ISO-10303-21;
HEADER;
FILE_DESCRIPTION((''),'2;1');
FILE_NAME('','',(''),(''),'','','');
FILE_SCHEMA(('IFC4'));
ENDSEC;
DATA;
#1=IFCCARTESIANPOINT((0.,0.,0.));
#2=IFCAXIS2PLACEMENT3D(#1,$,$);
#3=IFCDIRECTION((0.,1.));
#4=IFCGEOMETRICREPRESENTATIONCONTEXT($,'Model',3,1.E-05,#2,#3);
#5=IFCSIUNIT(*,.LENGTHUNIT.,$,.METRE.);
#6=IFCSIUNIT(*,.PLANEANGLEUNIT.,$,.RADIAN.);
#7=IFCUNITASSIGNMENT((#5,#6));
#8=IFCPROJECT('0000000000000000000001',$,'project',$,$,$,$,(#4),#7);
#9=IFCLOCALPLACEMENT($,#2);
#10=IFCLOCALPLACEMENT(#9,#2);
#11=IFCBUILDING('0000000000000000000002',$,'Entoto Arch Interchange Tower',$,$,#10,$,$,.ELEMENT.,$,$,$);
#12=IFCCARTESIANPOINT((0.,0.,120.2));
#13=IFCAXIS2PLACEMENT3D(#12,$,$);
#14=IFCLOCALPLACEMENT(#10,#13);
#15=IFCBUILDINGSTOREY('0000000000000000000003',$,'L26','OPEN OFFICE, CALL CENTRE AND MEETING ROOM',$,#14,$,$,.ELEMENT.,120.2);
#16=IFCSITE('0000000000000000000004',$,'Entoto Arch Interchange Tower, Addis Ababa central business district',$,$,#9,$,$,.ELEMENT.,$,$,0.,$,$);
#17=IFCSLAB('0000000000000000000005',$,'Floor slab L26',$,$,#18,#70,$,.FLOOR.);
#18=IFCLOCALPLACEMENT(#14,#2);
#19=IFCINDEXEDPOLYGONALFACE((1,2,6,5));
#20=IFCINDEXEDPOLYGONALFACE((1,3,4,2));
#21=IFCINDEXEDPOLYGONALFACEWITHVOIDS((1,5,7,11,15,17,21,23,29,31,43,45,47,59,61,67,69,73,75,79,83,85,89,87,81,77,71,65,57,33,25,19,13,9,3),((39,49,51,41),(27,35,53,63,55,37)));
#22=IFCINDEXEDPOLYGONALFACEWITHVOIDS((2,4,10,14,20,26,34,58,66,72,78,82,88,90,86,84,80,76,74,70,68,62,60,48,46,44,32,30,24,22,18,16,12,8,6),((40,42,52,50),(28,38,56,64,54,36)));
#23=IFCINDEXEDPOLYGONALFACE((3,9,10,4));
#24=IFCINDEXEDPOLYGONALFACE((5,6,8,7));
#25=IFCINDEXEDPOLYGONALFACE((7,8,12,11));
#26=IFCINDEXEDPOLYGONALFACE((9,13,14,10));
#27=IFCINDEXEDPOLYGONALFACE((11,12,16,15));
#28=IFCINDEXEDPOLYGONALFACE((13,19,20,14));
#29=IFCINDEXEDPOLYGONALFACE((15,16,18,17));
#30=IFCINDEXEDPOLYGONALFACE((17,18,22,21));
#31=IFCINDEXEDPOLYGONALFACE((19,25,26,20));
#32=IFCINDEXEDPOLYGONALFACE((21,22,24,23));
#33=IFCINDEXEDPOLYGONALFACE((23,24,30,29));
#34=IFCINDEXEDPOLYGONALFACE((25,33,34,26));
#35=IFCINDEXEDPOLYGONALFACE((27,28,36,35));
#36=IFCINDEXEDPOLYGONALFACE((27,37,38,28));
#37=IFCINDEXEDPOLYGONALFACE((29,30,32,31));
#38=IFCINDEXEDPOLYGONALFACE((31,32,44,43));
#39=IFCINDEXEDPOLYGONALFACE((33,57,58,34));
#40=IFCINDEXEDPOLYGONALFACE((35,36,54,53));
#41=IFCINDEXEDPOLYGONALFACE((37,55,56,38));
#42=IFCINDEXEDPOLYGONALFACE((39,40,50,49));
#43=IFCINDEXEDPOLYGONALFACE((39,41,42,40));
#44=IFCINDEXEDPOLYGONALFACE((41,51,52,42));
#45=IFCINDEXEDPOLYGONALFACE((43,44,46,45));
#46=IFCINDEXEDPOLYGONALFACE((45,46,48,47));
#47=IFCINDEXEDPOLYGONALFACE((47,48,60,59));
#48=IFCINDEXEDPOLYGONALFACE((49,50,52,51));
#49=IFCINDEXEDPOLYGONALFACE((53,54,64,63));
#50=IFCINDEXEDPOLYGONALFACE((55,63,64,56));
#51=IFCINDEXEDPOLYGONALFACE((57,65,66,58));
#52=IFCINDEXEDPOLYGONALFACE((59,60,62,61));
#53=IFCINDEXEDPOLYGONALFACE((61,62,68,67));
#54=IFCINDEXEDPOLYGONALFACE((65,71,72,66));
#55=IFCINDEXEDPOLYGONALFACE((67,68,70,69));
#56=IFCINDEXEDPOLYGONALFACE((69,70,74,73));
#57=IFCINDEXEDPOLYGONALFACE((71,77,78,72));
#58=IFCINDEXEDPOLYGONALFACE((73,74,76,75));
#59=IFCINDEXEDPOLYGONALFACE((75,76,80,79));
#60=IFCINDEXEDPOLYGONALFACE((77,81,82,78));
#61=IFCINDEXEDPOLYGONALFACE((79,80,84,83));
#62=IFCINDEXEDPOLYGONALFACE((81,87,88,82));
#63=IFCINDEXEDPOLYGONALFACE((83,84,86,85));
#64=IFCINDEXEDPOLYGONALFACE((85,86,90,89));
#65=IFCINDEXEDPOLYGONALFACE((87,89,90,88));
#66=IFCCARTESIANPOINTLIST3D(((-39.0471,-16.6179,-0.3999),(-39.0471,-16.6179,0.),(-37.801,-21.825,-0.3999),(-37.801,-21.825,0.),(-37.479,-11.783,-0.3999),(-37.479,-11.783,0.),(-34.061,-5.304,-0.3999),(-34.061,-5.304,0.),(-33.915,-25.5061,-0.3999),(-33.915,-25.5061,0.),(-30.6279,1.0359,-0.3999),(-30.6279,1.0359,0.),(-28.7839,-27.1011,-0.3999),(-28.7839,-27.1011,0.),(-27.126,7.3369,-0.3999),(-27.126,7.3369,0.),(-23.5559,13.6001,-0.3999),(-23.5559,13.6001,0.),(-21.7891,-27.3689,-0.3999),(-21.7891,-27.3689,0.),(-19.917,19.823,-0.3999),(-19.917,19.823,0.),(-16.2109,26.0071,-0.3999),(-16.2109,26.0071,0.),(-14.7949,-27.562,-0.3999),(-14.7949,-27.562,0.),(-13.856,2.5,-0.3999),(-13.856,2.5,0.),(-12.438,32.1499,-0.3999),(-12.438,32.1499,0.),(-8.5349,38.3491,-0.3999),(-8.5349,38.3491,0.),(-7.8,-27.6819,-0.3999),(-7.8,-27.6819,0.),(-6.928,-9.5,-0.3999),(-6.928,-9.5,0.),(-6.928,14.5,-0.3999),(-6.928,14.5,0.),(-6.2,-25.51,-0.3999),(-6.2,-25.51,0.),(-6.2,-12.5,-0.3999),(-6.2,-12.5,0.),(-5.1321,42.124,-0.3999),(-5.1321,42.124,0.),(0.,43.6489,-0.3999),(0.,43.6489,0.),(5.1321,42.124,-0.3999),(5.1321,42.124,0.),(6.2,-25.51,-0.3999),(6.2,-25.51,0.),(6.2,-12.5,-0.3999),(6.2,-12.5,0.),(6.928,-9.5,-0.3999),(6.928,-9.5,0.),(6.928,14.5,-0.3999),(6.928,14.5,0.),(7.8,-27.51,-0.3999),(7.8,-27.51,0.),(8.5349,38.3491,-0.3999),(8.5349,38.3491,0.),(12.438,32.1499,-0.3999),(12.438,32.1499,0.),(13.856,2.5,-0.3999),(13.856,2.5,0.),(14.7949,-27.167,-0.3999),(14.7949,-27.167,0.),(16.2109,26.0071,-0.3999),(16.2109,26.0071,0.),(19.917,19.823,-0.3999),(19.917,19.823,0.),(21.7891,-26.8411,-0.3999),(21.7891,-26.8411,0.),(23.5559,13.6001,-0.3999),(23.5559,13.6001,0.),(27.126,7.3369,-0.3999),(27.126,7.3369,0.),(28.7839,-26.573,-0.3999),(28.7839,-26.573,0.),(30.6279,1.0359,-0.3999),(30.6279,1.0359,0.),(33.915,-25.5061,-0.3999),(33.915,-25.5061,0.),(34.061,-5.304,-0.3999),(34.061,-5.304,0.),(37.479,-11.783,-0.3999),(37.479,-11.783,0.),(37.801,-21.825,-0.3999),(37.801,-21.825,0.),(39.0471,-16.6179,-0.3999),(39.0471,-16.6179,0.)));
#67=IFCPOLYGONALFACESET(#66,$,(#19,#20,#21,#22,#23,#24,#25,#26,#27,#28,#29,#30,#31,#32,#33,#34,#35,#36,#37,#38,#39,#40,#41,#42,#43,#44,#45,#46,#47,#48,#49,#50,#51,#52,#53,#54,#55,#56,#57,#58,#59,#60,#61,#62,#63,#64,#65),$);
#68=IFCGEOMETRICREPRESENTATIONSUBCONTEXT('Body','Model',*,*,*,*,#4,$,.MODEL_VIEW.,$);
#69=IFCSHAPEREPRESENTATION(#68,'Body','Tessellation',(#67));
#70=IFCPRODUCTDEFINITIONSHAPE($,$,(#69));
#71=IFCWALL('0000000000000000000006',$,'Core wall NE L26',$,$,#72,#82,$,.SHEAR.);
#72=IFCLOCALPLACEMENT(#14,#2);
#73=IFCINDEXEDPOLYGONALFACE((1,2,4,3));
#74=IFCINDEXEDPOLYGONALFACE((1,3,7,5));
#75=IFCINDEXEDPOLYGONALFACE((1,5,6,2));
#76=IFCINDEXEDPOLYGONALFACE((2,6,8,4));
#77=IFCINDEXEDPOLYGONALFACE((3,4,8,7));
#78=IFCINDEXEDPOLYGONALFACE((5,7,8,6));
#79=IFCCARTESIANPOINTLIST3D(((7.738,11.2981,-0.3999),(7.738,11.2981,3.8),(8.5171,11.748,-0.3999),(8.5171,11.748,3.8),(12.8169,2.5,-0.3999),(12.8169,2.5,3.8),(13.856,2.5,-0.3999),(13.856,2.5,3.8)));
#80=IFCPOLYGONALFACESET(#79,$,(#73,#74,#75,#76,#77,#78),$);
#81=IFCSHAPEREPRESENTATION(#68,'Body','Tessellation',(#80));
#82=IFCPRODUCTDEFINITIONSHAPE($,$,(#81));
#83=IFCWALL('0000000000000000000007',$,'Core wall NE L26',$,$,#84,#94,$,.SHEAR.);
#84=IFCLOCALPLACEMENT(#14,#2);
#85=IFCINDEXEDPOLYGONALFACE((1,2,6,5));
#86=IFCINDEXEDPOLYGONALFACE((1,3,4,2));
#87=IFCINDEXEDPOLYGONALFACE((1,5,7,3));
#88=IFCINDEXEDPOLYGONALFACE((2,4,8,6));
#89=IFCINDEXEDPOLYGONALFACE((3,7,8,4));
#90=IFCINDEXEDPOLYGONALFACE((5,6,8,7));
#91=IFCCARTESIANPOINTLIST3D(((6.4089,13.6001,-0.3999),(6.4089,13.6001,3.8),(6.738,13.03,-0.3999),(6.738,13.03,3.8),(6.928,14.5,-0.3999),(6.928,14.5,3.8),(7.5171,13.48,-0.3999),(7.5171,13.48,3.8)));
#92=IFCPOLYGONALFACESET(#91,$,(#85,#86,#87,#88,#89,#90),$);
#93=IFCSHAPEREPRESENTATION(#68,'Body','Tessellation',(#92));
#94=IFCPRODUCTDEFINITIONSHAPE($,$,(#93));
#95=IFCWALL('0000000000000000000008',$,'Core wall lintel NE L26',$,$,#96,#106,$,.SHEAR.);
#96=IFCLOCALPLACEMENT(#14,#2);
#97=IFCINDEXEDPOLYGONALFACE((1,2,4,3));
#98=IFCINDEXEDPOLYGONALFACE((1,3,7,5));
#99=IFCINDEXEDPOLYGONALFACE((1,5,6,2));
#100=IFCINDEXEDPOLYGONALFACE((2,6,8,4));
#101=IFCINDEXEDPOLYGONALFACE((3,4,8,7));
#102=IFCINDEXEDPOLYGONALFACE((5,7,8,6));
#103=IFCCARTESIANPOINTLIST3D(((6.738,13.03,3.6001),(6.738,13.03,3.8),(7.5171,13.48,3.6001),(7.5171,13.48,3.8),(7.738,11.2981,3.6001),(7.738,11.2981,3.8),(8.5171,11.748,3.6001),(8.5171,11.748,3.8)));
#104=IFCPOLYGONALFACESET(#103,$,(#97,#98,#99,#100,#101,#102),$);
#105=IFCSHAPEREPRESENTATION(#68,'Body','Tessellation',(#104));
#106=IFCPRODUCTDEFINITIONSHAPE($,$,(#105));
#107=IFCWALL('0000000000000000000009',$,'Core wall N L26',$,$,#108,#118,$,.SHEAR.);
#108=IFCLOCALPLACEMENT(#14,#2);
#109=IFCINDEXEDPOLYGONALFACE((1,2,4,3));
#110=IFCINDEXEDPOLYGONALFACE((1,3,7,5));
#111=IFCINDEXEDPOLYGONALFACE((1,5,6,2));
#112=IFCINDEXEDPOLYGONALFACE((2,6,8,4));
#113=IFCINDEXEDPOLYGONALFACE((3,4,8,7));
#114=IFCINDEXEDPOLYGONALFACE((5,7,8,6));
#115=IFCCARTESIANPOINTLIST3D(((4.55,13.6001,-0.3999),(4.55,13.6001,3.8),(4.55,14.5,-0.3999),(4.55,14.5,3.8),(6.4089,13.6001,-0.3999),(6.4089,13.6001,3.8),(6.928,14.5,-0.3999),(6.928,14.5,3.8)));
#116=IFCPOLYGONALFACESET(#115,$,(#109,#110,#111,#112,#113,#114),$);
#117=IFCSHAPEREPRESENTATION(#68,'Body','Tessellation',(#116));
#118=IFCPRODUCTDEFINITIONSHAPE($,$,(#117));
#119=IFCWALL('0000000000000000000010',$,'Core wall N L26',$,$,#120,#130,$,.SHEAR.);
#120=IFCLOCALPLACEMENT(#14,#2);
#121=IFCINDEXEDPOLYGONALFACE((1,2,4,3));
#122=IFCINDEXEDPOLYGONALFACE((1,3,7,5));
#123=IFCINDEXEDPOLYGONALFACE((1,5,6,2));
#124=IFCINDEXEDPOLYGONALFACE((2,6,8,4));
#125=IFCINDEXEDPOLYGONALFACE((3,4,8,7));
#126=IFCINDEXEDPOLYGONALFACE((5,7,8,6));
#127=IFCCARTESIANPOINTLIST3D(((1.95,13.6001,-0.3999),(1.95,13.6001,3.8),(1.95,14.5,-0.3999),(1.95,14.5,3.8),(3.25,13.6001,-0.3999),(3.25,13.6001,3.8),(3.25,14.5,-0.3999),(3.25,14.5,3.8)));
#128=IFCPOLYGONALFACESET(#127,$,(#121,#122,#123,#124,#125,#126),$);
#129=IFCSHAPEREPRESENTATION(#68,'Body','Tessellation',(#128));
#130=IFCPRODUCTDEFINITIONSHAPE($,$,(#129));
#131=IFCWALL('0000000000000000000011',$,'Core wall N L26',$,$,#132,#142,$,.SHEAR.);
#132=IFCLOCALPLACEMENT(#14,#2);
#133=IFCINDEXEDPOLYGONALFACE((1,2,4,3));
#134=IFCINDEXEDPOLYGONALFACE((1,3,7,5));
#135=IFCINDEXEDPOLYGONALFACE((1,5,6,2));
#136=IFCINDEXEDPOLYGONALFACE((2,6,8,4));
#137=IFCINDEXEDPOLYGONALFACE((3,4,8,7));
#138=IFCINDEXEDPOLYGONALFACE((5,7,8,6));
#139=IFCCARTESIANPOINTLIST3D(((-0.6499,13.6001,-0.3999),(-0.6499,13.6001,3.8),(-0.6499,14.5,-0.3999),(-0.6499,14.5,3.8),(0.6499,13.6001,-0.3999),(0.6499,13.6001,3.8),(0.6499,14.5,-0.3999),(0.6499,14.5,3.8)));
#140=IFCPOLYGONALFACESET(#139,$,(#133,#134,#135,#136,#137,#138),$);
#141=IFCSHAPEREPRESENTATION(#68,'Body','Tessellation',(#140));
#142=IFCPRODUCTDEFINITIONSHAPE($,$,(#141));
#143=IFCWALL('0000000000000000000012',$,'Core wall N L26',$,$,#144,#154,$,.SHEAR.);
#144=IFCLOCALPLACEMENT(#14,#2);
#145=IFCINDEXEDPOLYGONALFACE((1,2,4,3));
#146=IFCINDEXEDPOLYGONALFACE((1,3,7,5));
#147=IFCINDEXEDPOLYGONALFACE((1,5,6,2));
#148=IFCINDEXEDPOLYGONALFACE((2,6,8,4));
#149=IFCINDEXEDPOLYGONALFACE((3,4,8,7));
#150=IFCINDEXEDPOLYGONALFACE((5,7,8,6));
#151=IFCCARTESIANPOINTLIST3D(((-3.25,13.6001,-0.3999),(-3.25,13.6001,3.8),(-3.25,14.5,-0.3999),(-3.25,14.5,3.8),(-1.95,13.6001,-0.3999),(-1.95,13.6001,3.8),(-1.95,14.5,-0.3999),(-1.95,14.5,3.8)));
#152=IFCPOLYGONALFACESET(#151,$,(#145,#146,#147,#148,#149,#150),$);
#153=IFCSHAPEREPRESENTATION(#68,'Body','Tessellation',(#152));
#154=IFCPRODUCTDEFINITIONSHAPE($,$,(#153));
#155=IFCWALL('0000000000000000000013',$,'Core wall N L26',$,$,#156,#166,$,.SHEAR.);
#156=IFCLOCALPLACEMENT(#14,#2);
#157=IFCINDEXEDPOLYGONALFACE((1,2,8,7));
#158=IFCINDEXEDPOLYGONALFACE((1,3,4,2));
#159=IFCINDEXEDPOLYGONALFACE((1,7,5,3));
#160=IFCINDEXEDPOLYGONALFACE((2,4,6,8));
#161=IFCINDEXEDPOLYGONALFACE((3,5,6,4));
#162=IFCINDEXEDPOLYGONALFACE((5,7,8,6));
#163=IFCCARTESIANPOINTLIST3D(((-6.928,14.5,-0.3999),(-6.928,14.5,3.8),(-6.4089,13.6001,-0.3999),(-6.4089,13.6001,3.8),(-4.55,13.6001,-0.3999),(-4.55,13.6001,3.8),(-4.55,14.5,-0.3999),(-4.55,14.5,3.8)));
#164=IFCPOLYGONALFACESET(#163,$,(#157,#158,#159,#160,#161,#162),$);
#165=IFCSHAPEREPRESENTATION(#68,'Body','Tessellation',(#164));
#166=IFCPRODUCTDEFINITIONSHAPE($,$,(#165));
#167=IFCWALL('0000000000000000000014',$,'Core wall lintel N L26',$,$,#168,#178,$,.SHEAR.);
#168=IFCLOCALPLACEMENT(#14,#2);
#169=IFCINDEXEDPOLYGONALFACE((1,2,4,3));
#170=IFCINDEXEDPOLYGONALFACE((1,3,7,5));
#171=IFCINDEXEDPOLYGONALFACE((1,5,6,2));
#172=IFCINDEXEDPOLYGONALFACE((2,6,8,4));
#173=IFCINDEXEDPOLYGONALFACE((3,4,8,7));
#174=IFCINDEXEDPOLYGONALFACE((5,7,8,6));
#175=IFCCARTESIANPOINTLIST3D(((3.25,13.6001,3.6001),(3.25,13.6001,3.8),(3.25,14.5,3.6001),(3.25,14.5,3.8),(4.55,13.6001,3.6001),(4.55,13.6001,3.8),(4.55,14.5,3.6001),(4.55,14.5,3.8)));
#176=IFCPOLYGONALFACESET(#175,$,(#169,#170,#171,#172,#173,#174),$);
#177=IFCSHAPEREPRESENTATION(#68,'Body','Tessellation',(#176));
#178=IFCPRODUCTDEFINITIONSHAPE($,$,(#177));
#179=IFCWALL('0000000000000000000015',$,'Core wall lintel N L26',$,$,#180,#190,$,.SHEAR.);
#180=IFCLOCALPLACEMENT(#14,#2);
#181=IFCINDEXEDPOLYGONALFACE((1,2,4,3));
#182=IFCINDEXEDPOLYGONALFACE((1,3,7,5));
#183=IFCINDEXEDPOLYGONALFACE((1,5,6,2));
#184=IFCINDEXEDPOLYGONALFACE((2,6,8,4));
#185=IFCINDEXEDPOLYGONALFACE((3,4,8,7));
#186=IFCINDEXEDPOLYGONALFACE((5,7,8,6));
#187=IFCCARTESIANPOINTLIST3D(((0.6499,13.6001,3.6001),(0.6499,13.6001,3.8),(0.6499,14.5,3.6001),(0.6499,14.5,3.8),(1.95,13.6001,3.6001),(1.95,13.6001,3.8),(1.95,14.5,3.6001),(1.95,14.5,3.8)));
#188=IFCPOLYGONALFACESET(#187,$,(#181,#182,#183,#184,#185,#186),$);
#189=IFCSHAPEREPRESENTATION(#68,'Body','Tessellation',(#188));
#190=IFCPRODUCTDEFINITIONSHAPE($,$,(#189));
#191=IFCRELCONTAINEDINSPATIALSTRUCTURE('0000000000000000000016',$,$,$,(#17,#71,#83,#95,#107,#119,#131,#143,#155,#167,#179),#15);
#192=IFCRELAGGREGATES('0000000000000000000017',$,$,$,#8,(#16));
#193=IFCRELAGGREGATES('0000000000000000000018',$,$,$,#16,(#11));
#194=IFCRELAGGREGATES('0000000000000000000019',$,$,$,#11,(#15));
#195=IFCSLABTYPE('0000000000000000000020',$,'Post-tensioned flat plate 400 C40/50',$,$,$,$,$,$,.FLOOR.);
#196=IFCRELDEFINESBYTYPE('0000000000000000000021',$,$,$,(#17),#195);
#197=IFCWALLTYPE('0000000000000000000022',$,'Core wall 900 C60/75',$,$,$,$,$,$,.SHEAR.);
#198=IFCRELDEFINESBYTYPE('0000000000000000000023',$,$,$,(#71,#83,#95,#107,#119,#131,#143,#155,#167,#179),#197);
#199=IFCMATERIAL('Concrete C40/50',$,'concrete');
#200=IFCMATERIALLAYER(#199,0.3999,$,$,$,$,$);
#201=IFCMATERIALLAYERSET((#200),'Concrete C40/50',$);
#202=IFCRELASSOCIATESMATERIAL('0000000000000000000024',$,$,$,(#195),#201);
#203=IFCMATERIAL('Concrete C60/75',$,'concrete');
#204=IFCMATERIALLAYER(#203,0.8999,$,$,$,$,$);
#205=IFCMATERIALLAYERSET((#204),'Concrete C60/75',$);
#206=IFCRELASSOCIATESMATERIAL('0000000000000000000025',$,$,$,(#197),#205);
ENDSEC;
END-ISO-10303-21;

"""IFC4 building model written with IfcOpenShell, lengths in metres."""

from ifc_helpers import new_model, si_unit, direction, frame, origin, place, context, subcontext, project, spatial, polyline, outline, extrude, material, layer, layer_set, type_object, element, save


model = new_model("IFC4")

# Units and contexts
model_context = context("Model", 3, precision=1e-05, world=origin(), true_north=direction((0.0, 1.0)))
body_context = subcontext(model_context, "Body", "Model", "MODEL_VIEW")
ifc_project = project(units=[si_unit("LENGTHUNIT", "METRE"), si_unit("PLANEANGLEUNIT", "RADIAN")], contexts=[model_context])

# Site, building, storey
site_placement = place(None, origin())
site = spatial("IfcSite", under=ifc_project, at=site_placement, Name="Entoto Arch Interchange Tower, Addis Ababa central business district", CompositionType="ELEMENT", RefElevation=0.0)
building_placement = place(site_placement, origin())
building = spatial("IfcBuilding", under=site, at=building_placement, Name="Entoto Arch Interchange Tower", CompositionType="ELEMENT")
storey_placement = place(building_placement, frame((0.0, 0.0, 120.2)))
storey = spatial("IfcBuildingStorey", under=building, at=storey_placement, Name="L26", Description="OPEN OFFICE, CALL CENTRE AND MEETING ROOM", CompositionType="ELEMENT", Elevation=120.2)

# Slab
ifc_material_1 = material(Name="Concrete C40/50", Category="concrete")
ifc_layer_1 = layer(ifc_material_1, 0.3999)
ifc_layer_set_1 = layer_set([ifc_layer_1], Name="Concrete C40/50")
slab_type = type_object("IfcSlabType", Name="Post-tensioned flat plate 400 C40/50", PredefinedType="FLOOR", material=ifc_layer_set_1)
slab_placement = place(storey_placement, frame((0.0, 0.0, -0.3999)))
element("IfcSlab", 1, at=slab_placement, inside=storey, type_object=slab_type, Name="Floor slab L26", PredefinedType="FLOOR", context=body_context, shape_type="SweptSolid", body=[
    extrude(outline(polyline([(-28.7839, -27.1011), (-21.7891, -27.3689), (-14.7949, -27.562), (-7.8, -27.6819), (7.8, -27.51), (14.7949, -27.167), (21.7891, -26.8411), (28.7839, -26.573), (33.915, -25.5061), (37.801, -21.825), (39.0471, -16.6179), (37.479, -11.783), (34.061, -5.304), (30.6279, 1.0359), (27.126, 7.3369), (23.5559, 13.6001), (19.917, 19.823), (16.2109, 26.0071), (12.438, 32.1499), (8.5349, 38.3491), (5.1321, 42.124), (0.0, 43.6489), (-5.1321, 42.124), (-8.5349, 38.3491), (-12.438, 32.1499), (-16.2109, 26.0071), (-19.917, 19.823), (-23.5559, 13.6001), (-27.126, 7.3369), (-30.6279, 1.0359), (-34.061, -5.304), (-37.479, -11.783), (-39.0471, -16.6179), (-37.801, -21.825), (-33.915, -25.5061), (-28.7839, -27.1011)]), holes=[polyline([(6.2, -25.51), (6.2, -12.5), (-6.2, -12.5), (-6.2, -25.51), (6.2, -25.51)]), polyline([(13.856, 2.5), (6.928, 14.5), (-6.928, 14.5), (-13.856, 2.5), (-6.928, -9.5), (6.928, -9.5), (13.856, 2.5)])]), origin(), (0.0, 0.0, 1.0), 0.3999),
])

# Walls
ifc_material_2 = material(Name="Concrete C60/75", Category="concrete")
ifc_layer_2 = layer(ifc_material_2, 0.8999)
ifc_layer_set_2 = layer_set([ifc_layer_2], Name="Concrete C60/75")
wall_type_1 = type_object("IfcWallType", Name="Core wall 900 C60/75", PredefinedType="SHEAR", material=ifc_layer_set_2)
wall_1_placement = place(storey_placement, frame((0.0, 0.0, -0.3999)))
element("IfcWall", 2, at=wall_1_placement, inside=storey, type_object=wall_type_1, Name="Core wall NE L26", PredefinedType="SHEAR", context=body_context, shape_type="SweptSolid", body=[
    extrude(outline(polyline([(8.5171, 11.748), (7.738, 11.2981), (12.8169, 2.5), (13.856, 2.5), (8.5171, 11.748)])), origin(), (0.0, 0.0, 1.0), 4.2),
])
wall_2_placement = place(storey_placement, frame((0.0, 0.0, -0.3999)))
element("IfcWall", 3, at=wall_2_placement, inside=storey, type_object=wall_type_1, Name="Core wall NE L26", PredefinedType="SHEAR", context=body_context, shape_type="SweptSolid", body=[
    extrude(outline(polyline([(6.738, 13.03), (7.5171, 13.48), (6.928, 14.5), (6.4089, 13.6001), (6.738, 13.03)])), origin(), (0.0, 0.0, 1.0), 4.2),
])
wall_3_placement = place(storey_placement, frame((0.0, 0.0, 3.6001)))
element("IfcWall", 4, at=wall_3_placement, inside=storey, type_object=wall_type_1, Name="Core wall lintel NE L26", PredefinedType="SHEAR", context=body_context, shape_type="SweptSolid", body=[
    extrude(outline(polyline([(7.5171, 13.48), (6.738, 13.03), (7.738, 11.2981), (8.5171, 11.748), (7.5171, 13.48)])), origin(), (0.0, 0.0, 1.0), 0.2),
])
wall_4_placement = place(storey_placement, frame((0.0, 0.0, -0.3999)))
element("IfcWall", 5, at=wall_4_placement, inside=storey, type_object=wall_type_1, Name="Core wall N L26", PredefinedType="SHEAR", context=body_context, shape_type="SweptSolid", body=[
    extrude(outline(polyline([(4.55, 14.5), (4.55, 13.6001), (6.4089, 13.6001), (6.928, 14.5), (4.55, 14.5)])), origin(), (0.0, 0.0, 1.0), 4.2),
])
wall_5_placement = place(storey_placement, frame((0.0, 0.0, -0.3999)))
element("IfcWall", 6, at=wall_5_placement, inside=storey, type_object=wall_type_1, Name="Core wall N L26", PredefinedType="SHEAR", context=body_context, shape_type="SweptSolid", body=[
    extrude(outline(polyline([(1.95, 14.5), (1.95, 13.6001), (3.25, 13.6001), (3.25, 14.5), (1.95, 14.5)])), origin(), (0.0, 0.0, 1.0), 4.2),
])
wall_6_placement = place(storey_placement, frame((0.0, 0.0, -0.3999)))
element("IfcWall", 7, at=wall_6_placement, inside=storey, type_object=wall_type_1, Name="Core wall N L26", PredefinedType="SHEAR", context=body_context, shape_type="SweptSolid", body=[
    extrude(outline(polyline([(-0.6499, 14.5), (-0.6499, 13.6001), (0.6499, 13.6001), (0.6499, 14.5), (-0.6499, 14.5)])), origin(), (0.0, 0.0, 1.0), 4.2),
])
wall_7_placement = place(storey_placement, frame((0.0, 0.0, -0.3999)))
element("IfcWall", 8, at=wall_7_placement, inside=storey, type_object=wall_type_1, Name="Core wall N L26", PredefinedType="SHEAR", context=body_context, shape_type="SweptSolid", body=[
    extrude(outline(polyline([(-3.25, 14.5), (-3.25, 13.6001), (-1.95, 13.6001), (-1.95, 14.5), (-3.25, 14.5)])), origin(), (0.0, 0.0, 1.0), 4.2),
])
wall_8_placement = place(storey_placement, frame((0.0, 0.0, -0.3999)))
element("IfcWall", 9, at=wall_8_placement, inside=storey, type_object=wall_type_1, Name="Core wall N L26", PredefinedType="SHEAR", context=body_context, shape_type="SweptSolid", body=[
    extrude(outline(polyline([(-4.55, 13.6001), (-4.55, 14.5), (-6.928, 14.5), (-6.4089, 13.6001), (-4.55, 13.6001)])), origin(), (0.0, 0.0, 1.0), 4.2),
])
wall_9_placement = place(storey_placement, frame((0.0, 0.0, 3.6001)))
element("IfcWall", 10, at=wall_9_placement, inside=storey, type_object=wall_type_1, Name="Core wall lintel N L26", PredefinedType="SHEAR", context=body_context, shape_type="SweptSolid", body=[
    extrude(outline(polyline([(3.25, 14.5), (3.25, 13.6001), (4.55, 13.6001), (4.55, 14.5), (3.25, 14.5)])), origin(), (0.0, 0.0, 1.0), 0.2),
])
wall_10_placement = place(storey_placement, frame((0.0, 0.0, 3.6001)))
element("IfcWall", 11, at=wall_10_placement, inside=storey, type_object=wall_type_1, Name="Core wall lintel N L26", PredefinedType="SHEAR", context=body_context, shape_type="SweptSolid", body=[
    extrude(outline(polyline([(0.6499, 14.5), (0.6499, 13.6001), (1.95, 13.6001), (1.95, 14.5), (0.6499, 14.5)])), origin(), (0.0, 0.0, 1.0), 0.2),
])

save(model, "model.ifc")
